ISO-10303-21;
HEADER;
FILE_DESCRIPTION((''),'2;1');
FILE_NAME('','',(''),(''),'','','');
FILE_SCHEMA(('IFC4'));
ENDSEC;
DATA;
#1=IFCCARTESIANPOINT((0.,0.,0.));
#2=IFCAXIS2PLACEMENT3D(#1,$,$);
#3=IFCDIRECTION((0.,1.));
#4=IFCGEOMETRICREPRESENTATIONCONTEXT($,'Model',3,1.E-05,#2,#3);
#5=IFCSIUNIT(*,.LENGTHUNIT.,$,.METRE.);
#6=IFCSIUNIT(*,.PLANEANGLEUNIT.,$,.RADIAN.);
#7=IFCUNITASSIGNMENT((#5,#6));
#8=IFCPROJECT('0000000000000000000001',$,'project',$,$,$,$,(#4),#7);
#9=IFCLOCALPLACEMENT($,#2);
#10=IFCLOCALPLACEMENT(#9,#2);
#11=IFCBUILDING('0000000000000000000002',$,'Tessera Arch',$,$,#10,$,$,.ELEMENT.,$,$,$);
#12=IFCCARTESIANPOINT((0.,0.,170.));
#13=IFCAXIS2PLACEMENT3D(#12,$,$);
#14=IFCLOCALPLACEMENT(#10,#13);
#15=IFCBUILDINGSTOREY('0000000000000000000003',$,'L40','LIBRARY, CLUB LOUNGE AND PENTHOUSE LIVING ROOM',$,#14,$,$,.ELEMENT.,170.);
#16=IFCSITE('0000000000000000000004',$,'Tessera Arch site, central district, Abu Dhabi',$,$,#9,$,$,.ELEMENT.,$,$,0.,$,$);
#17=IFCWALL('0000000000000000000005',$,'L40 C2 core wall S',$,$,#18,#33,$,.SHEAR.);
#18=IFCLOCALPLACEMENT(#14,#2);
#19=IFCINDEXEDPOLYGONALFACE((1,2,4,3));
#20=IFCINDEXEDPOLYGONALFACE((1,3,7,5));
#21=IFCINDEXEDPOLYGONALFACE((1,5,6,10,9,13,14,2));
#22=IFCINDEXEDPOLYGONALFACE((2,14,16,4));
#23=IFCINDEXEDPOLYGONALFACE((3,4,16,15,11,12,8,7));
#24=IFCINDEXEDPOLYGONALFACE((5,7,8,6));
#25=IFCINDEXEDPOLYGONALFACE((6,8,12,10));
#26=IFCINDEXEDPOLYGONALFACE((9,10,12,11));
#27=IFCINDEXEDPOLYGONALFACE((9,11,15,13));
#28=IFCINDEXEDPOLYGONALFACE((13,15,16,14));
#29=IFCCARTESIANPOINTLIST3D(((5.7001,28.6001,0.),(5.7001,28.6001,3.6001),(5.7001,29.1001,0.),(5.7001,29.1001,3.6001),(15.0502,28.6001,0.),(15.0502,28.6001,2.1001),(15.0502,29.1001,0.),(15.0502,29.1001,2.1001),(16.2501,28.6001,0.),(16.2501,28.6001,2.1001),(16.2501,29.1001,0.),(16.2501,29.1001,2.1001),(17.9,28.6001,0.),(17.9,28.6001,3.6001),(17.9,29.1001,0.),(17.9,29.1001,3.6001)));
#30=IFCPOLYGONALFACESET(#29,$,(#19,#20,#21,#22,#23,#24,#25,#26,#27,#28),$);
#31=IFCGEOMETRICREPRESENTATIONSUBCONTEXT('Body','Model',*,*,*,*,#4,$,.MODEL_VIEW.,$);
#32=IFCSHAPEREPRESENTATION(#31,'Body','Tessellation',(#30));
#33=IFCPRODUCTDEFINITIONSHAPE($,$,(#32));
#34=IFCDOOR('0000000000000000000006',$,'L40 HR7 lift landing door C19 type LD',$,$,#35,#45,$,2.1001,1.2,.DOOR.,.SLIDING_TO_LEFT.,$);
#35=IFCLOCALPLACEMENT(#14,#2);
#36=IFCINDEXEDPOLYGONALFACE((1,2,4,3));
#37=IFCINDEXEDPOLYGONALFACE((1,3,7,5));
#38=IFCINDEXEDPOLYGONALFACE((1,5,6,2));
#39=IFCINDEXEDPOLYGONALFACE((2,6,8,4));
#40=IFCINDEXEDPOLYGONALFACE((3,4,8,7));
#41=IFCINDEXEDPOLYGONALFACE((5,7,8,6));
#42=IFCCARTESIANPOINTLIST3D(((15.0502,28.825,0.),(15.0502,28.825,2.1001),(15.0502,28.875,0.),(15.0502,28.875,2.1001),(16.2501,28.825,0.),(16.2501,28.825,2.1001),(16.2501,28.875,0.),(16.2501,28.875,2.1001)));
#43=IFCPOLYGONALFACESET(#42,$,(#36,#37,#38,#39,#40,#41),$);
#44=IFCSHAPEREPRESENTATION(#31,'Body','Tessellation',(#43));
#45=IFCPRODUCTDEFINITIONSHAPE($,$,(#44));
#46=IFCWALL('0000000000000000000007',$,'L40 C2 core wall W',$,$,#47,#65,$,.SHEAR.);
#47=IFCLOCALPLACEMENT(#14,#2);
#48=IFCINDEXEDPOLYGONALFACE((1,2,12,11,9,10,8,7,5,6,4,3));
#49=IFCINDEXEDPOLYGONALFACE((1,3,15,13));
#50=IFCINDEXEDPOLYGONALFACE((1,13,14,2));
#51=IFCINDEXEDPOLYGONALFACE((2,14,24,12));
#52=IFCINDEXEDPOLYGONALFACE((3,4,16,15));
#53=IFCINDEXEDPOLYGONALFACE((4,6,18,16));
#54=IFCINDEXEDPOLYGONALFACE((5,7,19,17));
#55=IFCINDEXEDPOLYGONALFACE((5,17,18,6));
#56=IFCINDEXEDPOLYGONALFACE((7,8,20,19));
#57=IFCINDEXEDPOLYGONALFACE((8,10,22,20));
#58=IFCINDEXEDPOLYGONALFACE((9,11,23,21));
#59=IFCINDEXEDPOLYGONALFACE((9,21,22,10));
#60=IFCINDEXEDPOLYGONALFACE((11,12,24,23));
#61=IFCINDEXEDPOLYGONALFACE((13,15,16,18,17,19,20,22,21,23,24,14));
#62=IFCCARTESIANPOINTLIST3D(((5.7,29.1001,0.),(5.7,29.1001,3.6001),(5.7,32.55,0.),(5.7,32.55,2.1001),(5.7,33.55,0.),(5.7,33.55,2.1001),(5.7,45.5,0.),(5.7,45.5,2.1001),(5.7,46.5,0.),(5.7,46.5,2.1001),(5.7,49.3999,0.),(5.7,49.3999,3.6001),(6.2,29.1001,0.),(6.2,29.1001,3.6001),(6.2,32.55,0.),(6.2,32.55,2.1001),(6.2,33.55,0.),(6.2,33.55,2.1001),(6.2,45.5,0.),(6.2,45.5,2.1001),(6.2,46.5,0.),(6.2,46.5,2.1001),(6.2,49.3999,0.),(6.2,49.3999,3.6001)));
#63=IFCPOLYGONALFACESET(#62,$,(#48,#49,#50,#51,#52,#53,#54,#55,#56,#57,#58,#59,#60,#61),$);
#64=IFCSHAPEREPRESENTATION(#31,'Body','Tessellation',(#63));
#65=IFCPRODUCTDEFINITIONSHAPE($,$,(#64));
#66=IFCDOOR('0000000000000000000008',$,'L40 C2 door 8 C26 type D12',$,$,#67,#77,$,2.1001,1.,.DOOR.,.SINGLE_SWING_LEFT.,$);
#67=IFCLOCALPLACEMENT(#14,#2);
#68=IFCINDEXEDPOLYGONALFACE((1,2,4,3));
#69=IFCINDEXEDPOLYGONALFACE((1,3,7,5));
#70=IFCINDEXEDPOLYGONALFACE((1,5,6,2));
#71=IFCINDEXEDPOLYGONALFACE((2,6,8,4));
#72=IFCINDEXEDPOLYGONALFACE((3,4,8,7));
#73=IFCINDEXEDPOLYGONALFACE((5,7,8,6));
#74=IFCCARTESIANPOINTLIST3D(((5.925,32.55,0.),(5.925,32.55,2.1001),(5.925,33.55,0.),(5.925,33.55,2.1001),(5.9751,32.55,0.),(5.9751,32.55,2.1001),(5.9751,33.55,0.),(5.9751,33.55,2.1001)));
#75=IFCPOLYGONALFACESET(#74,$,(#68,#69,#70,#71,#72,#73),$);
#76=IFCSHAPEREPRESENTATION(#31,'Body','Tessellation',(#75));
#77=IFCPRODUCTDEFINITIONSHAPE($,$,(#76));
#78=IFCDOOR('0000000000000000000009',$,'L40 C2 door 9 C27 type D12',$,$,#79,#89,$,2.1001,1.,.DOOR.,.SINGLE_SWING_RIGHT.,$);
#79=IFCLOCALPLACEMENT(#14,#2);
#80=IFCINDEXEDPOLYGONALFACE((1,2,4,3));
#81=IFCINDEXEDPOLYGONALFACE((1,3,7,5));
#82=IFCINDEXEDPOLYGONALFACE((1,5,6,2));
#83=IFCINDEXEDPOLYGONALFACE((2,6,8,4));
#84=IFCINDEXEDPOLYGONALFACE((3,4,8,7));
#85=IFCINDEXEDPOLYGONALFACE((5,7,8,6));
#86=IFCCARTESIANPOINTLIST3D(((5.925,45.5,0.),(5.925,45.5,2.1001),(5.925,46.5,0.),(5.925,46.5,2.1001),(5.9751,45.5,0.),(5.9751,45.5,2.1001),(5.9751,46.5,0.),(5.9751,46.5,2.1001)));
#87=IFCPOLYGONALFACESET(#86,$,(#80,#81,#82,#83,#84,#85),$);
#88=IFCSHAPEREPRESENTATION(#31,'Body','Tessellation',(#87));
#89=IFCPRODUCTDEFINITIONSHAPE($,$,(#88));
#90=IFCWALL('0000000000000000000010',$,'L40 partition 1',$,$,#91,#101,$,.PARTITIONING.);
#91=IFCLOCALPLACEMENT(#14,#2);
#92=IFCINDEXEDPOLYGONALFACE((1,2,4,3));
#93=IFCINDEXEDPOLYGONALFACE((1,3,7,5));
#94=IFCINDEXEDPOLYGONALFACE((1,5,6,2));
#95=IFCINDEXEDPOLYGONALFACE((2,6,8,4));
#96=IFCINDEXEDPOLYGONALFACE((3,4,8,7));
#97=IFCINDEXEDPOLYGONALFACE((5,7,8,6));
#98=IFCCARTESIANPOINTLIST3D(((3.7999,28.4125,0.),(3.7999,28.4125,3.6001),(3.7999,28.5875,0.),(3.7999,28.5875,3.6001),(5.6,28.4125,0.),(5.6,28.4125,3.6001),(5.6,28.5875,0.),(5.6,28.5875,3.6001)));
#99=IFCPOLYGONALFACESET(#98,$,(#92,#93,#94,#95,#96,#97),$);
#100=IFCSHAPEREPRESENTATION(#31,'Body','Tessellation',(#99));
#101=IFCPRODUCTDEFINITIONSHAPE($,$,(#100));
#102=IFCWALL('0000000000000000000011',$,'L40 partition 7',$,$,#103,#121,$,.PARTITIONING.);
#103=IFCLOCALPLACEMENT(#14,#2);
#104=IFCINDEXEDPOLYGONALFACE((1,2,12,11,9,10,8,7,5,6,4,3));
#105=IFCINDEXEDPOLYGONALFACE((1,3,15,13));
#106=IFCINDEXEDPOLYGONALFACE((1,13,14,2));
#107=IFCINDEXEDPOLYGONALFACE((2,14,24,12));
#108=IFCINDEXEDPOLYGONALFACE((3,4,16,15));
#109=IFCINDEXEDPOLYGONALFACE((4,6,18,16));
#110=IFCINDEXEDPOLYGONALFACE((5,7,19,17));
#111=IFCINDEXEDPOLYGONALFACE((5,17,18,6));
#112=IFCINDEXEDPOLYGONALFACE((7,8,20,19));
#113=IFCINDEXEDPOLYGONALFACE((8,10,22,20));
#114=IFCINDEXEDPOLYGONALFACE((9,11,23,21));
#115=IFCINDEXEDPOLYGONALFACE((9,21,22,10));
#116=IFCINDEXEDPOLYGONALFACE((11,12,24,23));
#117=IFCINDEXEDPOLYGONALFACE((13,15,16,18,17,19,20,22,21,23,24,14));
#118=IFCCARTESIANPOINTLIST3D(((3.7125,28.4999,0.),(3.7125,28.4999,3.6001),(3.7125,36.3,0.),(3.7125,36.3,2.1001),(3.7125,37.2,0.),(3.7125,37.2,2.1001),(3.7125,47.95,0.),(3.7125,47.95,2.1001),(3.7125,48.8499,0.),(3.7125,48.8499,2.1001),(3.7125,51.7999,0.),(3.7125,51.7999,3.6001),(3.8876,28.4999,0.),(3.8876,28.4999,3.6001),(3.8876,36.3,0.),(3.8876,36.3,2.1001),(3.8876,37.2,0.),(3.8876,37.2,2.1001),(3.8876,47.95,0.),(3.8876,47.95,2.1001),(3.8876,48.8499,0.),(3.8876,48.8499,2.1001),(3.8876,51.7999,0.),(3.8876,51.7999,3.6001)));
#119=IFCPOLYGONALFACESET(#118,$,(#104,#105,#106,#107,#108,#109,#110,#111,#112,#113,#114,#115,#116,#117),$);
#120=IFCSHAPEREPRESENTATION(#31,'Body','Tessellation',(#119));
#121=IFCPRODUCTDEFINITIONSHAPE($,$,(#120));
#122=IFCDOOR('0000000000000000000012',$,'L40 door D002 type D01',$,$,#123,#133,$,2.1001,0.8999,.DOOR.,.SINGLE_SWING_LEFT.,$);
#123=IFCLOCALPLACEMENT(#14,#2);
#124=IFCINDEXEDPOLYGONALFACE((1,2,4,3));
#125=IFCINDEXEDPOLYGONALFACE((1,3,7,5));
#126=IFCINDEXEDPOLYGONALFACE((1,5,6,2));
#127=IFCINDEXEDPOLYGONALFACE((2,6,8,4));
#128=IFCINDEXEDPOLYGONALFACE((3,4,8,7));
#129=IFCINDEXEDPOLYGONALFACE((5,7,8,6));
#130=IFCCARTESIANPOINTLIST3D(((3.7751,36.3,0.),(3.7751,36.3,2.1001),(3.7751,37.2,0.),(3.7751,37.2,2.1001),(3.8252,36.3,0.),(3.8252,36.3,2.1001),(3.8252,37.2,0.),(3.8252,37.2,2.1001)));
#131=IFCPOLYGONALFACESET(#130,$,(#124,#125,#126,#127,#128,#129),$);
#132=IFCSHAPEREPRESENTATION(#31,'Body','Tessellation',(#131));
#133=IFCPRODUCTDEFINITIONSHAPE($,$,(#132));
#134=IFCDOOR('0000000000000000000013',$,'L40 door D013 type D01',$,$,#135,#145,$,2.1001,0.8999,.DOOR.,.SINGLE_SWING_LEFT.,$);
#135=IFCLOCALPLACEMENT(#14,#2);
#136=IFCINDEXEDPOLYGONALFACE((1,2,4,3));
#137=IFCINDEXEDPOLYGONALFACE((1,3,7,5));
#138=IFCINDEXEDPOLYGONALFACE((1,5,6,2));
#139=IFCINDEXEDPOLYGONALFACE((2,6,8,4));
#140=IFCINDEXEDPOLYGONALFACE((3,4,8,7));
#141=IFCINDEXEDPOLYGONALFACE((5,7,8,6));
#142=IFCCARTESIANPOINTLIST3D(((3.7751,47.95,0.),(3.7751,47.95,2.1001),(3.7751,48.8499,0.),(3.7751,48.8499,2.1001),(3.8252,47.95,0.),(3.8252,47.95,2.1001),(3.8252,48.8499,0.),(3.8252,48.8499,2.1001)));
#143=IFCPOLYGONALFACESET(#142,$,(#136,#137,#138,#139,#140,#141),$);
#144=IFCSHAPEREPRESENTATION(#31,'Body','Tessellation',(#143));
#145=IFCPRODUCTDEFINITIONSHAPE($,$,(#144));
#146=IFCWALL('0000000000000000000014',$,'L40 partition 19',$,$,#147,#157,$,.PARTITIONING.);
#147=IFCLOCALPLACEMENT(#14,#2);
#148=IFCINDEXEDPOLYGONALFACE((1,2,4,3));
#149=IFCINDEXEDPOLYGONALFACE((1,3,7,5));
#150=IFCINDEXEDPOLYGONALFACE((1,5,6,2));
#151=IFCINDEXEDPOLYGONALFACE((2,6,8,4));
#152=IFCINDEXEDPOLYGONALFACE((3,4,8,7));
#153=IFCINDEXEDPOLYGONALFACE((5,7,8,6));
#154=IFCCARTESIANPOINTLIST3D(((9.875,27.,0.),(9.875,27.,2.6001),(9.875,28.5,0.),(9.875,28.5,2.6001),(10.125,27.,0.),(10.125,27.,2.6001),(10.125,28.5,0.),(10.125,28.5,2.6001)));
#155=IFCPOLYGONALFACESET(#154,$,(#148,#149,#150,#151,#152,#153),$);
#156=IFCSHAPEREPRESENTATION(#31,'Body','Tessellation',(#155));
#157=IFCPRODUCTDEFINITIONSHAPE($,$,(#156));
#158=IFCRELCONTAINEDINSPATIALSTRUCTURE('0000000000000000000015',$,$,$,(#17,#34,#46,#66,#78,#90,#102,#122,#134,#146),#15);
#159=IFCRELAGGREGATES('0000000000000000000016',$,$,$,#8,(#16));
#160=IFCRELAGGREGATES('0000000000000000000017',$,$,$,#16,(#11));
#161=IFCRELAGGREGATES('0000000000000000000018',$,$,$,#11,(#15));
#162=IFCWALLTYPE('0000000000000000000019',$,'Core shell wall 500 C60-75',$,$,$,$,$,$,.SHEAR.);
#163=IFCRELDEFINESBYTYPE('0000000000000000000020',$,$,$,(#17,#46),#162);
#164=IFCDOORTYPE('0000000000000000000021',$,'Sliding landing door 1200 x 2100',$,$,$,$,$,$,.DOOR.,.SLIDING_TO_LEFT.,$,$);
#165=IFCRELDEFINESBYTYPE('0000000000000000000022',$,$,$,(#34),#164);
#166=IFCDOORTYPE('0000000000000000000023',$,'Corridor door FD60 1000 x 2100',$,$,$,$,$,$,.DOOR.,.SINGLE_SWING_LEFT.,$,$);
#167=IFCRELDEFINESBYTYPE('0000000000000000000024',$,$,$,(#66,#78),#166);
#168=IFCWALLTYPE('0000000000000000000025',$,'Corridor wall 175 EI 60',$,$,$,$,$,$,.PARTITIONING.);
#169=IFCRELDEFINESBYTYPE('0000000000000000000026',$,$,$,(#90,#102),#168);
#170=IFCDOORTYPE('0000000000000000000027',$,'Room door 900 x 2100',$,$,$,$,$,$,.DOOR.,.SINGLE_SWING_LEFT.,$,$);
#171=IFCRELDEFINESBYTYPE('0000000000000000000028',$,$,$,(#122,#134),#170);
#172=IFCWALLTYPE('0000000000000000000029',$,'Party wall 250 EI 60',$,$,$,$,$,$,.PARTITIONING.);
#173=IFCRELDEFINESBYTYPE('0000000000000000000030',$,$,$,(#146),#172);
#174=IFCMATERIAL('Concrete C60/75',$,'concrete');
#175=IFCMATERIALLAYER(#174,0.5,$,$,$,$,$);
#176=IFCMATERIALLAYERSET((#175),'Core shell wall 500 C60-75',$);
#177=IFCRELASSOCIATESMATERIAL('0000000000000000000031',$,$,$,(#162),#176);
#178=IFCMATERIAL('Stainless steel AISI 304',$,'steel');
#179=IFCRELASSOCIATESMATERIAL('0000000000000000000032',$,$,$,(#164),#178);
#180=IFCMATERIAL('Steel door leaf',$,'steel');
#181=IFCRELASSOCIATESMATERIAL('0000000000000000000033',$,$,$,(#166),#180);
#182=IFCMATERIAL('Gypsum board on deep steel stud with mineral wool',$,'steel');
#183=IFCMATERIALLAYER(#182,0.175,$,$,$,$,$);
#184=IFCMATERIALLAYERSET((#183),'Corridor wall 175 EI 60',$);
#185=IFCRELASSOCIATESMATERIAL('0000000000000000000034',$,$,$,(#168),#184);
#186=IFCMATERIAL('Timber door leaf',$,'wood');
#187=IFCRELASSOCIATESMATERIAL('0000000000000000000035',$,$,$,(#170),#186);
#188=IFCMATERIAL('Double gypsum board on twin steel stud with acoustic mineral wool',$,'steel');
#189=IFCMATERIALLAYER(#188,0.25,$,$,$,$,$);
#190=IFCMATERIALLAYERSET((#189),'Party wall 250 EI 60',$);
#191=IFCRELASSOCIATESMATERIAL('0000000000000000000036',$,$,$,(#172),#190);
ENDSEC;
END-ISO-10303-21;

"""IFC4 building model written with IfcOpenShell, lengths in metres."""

from ifc_helpers import new_model, si_unit, direction, frame, frame_2d, origin, place, context, subcontext, project, spatial, rectangle, extrude, material, layer, layer_set, type_object, element, fill, save


model = new_model("IFC4")

# Units and contexts
model_context = context("Model", 3, precision=1e-05, world=origin(), true_north=direction((0.0, 1.0)))
body_context = subcontext(model_context, "Body", "Model", "MODEL_VIEW")
ifc_project = project(units=[si_unit("LENGTHUNIT", "METRE"), si_unit("PLANEANGLEUNIT", "RADIAN")], contexts=[model_context])

# Site, building, storey
site_placement = place(None, origin())
site = spatial("IfcSite", under=ifc_project, at=site_placement, Name="Tessera Arch site, central district, Abu Dhabi", CompositionType="ELEMENT", RefElevation=0.0)
building_placement = place(site_placement, origin())
building = spatial("IfcBuilding", under=site, at=building_placement, Name="Tessera Arch", CompositionType="ELEMENT")
storey_placement = place(building_placement, frame((0.0, 0.0, 170.0)))
storey = spatial("IfcBuildingStorey", under=building, at=storey_placement, Name="L40", Description="LIBRARY, CLUB LOUNGE AND PENTHOUSE LIVING ROOM", CompositionType="ELEMENT", Elevation=170.0)

# Wall, opening, door
ifc_material_1 = material(Name="Concrete C60/75", Category="concrete")
ifc_layer_1 = layer(ifc_material_1, 0.5)
ifc_layer_set_1 = layer_set([ifc_layer_1], Name="Core shell wall 500 C60-75")
wall_type_1 = type_object("IfcWallType", Name="Core shell wall 500 C60-75", PredefinedType="SHEAR", material=ifc_layer_set_1)
wall_1_placement = place(storey_placement, frame((5.7, 28.8501, 0.0), z_axis=(0.0, 0.0, 1.0), x_axis=(1.0, 0.0, 0.0)))
wall_1 = element("IfcWall", 1, at=wall_1_placement, inside=storey, type_object=wall_type_1, Name="L40 C2 core wall S", PredefinedType="SHEAR", context=body_context, shape_type="SweptSolid", body=[
    extrude(rectangle(XDim=12.2, YDim=0.5, at=frame_2d((6.1001, 0.0))), origin(), (0.0, 0.0, 1.0), 3.6001),
])
opening_1_placement = place(wall_1_placement, frame((9.3501, 0.0, 0.0)))
opening_1 = element("IfcOpeningElement", 2, at=opening_1_placement, cuts=wall_1, PredefinedType="OPENING", context=body_context, shape_type="SweptSolid", body=[
    extrude(rectangle(XDim=1.2, YDim=2.1001, at=frame_2d((0.6001, 1.05))), frame((0.0, 0.26, 0.0), z_axis=(0.0, -1.0, 0.0), x_axis=(1.0, 0.0, 0.0)), (0.0, 0.0, 1.0), 0.52),
])
ifc_material_2 = material(Name="Stainless steel AISI 304", Category="steel")
door_type_1 = type_object("IfcDoorType", Name="Sliding landing door 1200 x 2100", OperationType="SLIDING_TO_LEFT", PredefinedType="DOOR", material=ifc_material_2)
door_1_placement = place(opening_1_placement, origin())
door_1 = element("IfcDoor", 3, at=door_1_placement, inside=storey, type_object=door_type_1, Name="L40 HR7 lift landing door C19 type LD", OperationType="SLIDING_TO_LEFT", OverallHeight=2.1001, OverallWidth=1.2, PredefinedType="DOOR", context=body_context, shape_type="SweptSolid", body=[
    extrude(rectangle(XDim=1.2, YDim=2.1001, at=frame_2d((0.6001, 1.05))), frame((0.0, 0.0249, 0.0), z_axis=(0.0, -1.0, 0.0), x_axis=(1.0, 0.0, 0.0)), (0.0, 0.0, 1.0), 0.05),
])
fill(opening_1, door_1)

# Wall, openings, doors
wall_2_placement = place(storey_placement, frame((5.95, 29.1001, 0.0), z_axis=(0.0, 0.0, 1.0), x_axis=(0.0, 1.0, 0.0)))
wall_2 = element("IfcWall", 4, at=wall_2_placement, inside=storey, type_object=wall_type_1, Name="L40 C2 core wall W", PredefinedType="SHEAR", context=body_context, shape_type="SweptSolid", body=[
    extrude(rectangle(XDim=20.2998, YDim=0.5, at=frame_2d((10.1499, 0.0))), origin(), (0.0, 0.0, 1.0), 3.6001),
])
opening_2_placement = place(wall_2_placement, frame((3.45, 0.0, 0.0)))
opening_2 = element("IfcOpeningElement", 5, at=opening_2_placement, cuts=wall_2, PredefinedType="OPENING", context=body_context, shape_type="SweptSolid", body=[
    extrude(rectangle(XDim=1.0, YDim=2.1001, at=frame_2d((0.5, 1.05))), frame((0.0, 0.26, 0.0), z_axis=(0.0, -1.0, 0.0), x_axis=(1.0, 0.0, 0.0)), (0.0, 0.0, 1.0), 0.52),
])
opening_3_placement = place(wall_2_placement, frame((16.3999, 0.0, 0.0)))
opening_3 = element("IfcOpeningElement", 6, at=opening_3_placement, cuts=wall_2, PredefinedType="OPENING", context=body_context, shape_type="SweptSolid", body=[
    extrude(rectangle(XDim=1.0, YDim=2.1001, at=frame_2d((0.5, 1.05))), frame((0.0, 0.26, 0.0), z_axis=(0.0, -1.0, 0.0), x_axis=(1.0, 0.0, 0.0)), (0.0, 0.0, 1.0), 0.52),
])
ifc_material_3 = material(Name="Steel door leaf", Category="steel")
door_type_2 = type_object("IfcDoorType", Name="Corridor door FD60 1000 x 2100", OperationType="SINGLE_SWING_LEFT", PredefinedType="DOOR", material=ifc_material_3)
door_2_placement = place(opening_2_placement, origin())
door_2 = element("IfcDoor", 7, at=door_2_placement, inside=storey, type_object=door_type_2, Name="L40 C2 door 8 C26 type D12", OperationType="SINGLE_SWING_LEFT", OverallHeight=2.1001, OverallWidth=1.0, PredefinedType="DOOR", context=body_context, shape_type="SweptSolid", body=[
    extrude(rectangle(XDim=1.0, YDim=2.1001, at=frame_2d((0.5, 1.05))), frame((0.0, 0.0249, 0.0), z_axis=(0.0, -1.0, 0.0), x_axis=(1.0, 0.0, 0.0)), (0.0, 0.0, 1.0), 0.05),
])
fill(opening_2, door_2)
door_3_placement = place(opening_3_placement, origin())
door_3 = element("IfcDoor", 8, at=door_3_placement, inside=storey, type_object=door_type_2, Name="L40 C2 door 9 C27 type D12", OperationType="SINGLE_SWING_RIGHT", OverallHeight=2.1001, OverallWidth=1.0, PredefinedType="DOOR", context=body_context, shape_type="SweptSolid", body=[
    extrude(rectangle(XDim=1.0, YDim=2.1001, at=frame_2d((0.5, 1.05))), frame((0.0, 0.0249, 0.0), z_axis=(0.0, -1.0, 0.0), x_axis=(1.0, 0.0, 0.0)), (0.0, 0.0, 1.0), 0.05),
])
fill(opening_3, door_3)

# Wall
ifc_material_4 = material(Name="Gypsum board on deep steel stud with mineral wool", Category="steel")
ifc_layer_2 = layer(ifc_material_4, 0.175)
ifc_layer_set_2 = layer_set([ifc_layer_2], Name="Corridor wall 175 EI 60")
wall_type_2 = type_object("IfcWallType", Name="Corridor wall 175 EI 60", PredefinedType="PARTITIONING", material=ifc_layer_set_2)
wall_3_placement = place(storey_placement, frame((3.8, 28.5, 0.0), z_axis=(0.0, 0.0, 1.0), x_axis=(1.0, 0.0, 0.0)))
element("IfcWall", 9, at=wall_3_placement, inside=storey, type_object=wall_type_2, Name="L40 partition 1", PredefinedType="PARTITIONING", context=body_context, shape_type="SweptSolid", body=[
    extrude(rectangle(XDim=1.8, YDim=0.175, at=frame_2d((0.8999, 0.0))), origin(), (0.0, 0.0, 1.0), 3.6001),
])

# Wall, openings, doors
wall_4_placement = place(storey_placement, frame((3.8, 28.5, 0.0), z_axis=(0.0, 0.0, 1.0), x_axis=(0.0, 1.0, 0.0)))
wall_4 = element("IfcWall", 10, at=wall_4_placement, inside=storey, type_object=wall_type_2, Name="L40 partition 7", PredefinedType="PARTITIONING", context=body_context, shape_type="SweptSolid", body=[
    extrude(rectangle(XDim=23.3, YDim=0.175, at=frame_2d((11.6499, 0.0))), origin(), (0.0, 0.0, 1.0), 3.6001),
])
opening_4_placement = place(wall_4_placement, frame((7.8, 0.0, 0.0)))
opening_4 = element("IfcOpeningElement", 11, at=opening_4_placement, cuts=wall_4, PredefinedType="OPENING", context=body_context, shape_type="SweptSolid", body=[
    extrude(rectangle(XDim=0.8999, YDim=2.1001, at=frame_2d((0.45, 1.05))), frame((0.0, 0.0974, 0.0), z_axis=(0.0, -1.0, 0.0), x_axis=(1.0, 0.0, 0.0)), (0.0, 0.0, 1.0), 0.1951),
])
opening_5_placement = place(wall_4_placement, frame((19.45, 0.0, 0.0)))
opening_5 = element("IfcOpeningElement", 12, at=opening_5_placement, cuts=wall_4, PredefinedType="OPENING", context=body_context, shape_type="SweptSolid", body=[
    extrude(rectangle(XDim=0.8999, YDim=2.1001, at=frame_2d((0.45, 1.05))), frame((0.0, 0.0974, 0.0), z_axis=(0.0, -1.0, 0.0), x_axis=(1.0, 0.0, 0.0)), (0.0, 0.0, 1.0), 0.1951),
])
ifc_material_5 = material(Name="Timber door leaf", Category="wood")
door_type_3 = type_object("IfcDoorType", Name="Room door 900 x 2100", OperationType="SINGLE_SWING_LEFT", PredefinedType="DOOR", material=ifc_material_5)
door_4_placement = place(opening_4_placement, origin())
door_4 = element("IfcDoor", 13, at=door_4_placement, inside=storey, type_object=door_type_3, Name="L40 door D002 type D01", OperationType="SINGLE_SWING_LEFT", OverallHeight=2.1001, OverallWidth=0.8999, PredefinedType="DOOR", context=body_context, shape_type="SweptSolid", body=[
    extrude(rectangle(XDim=0.8999, YDim=2.1001, at=frame_2d((0.45, 1.05))), frame((0.0, 0.0249, 0.0), z_axis=(0.0, -1.0, 0.0), x_axis=(1.0, 0.0, 0.0)), (0.0, 0.0, 1.0), 0.05),
])
fill(opening_4, door_4)
door_5_placement = place(opening_5_placement, origin())
door_5 = element("IfcDoor", 14, at=door_5_placement, inside=storey, type_object=door_type_3, Name="L40 door D013 type D01", OperationType="SINGLE_SWING_LEFT", OverallHeight=2.1001, OverallWidth=0.8999, PredefinedType="DOOR", context=body_context, shape_type="SweptSolid", body=[
    extrude(rectangle(XDim=0.8999, YDim=2.1001, at=frame_2d((0.45, 1.05))), frame((0.0, 0.0249, 0.0), z_axis=(0.0, -1.0, 0.0), x_axis=(1.0, 0.0, 0.0)), (0.0, 0.0, 1.0), 0.05),
])
fill(opening_5, door_5)

# Wall
ifc_material_6 = material(Name="Double gypsum board on twin steel stud with acoustic mineral wool", Category="steel")
ifc_layer_3 = layer(ifc_material_6, 0.25)
ifc_layer_set_3 = layer_set([ifc_layer_3], Name="Party wall 250 EI 60")
wall_type_3 = type_object("IfcWallType", Name="Party wall 250 EI 60", PredefinedType="PARTITIONING", material=ifc_layer_set_3)
wall_5_placement = place(storey_placement, frame((10.0, 27.0, 0.0), z_axis=(0.0, 0.0, 1.0), x_axis=(0.0, 1.0, 0.0)))
element("IfcWall", 15, at=wall_5_placement, inside=storey, type_object=wall_type_3, Name="L40 partition 19", PredefinedType="PARTITIONING", context=body_context, shape_type="SweptSolid", body=[
    extrude(rectangle(XDim=1.5, YDim=0.25, at=frame_2d((0.75, 0.0))), origin(), (0.0, 0.0, 1.0), 2.6001),
])

save(model, "model.ifc")
